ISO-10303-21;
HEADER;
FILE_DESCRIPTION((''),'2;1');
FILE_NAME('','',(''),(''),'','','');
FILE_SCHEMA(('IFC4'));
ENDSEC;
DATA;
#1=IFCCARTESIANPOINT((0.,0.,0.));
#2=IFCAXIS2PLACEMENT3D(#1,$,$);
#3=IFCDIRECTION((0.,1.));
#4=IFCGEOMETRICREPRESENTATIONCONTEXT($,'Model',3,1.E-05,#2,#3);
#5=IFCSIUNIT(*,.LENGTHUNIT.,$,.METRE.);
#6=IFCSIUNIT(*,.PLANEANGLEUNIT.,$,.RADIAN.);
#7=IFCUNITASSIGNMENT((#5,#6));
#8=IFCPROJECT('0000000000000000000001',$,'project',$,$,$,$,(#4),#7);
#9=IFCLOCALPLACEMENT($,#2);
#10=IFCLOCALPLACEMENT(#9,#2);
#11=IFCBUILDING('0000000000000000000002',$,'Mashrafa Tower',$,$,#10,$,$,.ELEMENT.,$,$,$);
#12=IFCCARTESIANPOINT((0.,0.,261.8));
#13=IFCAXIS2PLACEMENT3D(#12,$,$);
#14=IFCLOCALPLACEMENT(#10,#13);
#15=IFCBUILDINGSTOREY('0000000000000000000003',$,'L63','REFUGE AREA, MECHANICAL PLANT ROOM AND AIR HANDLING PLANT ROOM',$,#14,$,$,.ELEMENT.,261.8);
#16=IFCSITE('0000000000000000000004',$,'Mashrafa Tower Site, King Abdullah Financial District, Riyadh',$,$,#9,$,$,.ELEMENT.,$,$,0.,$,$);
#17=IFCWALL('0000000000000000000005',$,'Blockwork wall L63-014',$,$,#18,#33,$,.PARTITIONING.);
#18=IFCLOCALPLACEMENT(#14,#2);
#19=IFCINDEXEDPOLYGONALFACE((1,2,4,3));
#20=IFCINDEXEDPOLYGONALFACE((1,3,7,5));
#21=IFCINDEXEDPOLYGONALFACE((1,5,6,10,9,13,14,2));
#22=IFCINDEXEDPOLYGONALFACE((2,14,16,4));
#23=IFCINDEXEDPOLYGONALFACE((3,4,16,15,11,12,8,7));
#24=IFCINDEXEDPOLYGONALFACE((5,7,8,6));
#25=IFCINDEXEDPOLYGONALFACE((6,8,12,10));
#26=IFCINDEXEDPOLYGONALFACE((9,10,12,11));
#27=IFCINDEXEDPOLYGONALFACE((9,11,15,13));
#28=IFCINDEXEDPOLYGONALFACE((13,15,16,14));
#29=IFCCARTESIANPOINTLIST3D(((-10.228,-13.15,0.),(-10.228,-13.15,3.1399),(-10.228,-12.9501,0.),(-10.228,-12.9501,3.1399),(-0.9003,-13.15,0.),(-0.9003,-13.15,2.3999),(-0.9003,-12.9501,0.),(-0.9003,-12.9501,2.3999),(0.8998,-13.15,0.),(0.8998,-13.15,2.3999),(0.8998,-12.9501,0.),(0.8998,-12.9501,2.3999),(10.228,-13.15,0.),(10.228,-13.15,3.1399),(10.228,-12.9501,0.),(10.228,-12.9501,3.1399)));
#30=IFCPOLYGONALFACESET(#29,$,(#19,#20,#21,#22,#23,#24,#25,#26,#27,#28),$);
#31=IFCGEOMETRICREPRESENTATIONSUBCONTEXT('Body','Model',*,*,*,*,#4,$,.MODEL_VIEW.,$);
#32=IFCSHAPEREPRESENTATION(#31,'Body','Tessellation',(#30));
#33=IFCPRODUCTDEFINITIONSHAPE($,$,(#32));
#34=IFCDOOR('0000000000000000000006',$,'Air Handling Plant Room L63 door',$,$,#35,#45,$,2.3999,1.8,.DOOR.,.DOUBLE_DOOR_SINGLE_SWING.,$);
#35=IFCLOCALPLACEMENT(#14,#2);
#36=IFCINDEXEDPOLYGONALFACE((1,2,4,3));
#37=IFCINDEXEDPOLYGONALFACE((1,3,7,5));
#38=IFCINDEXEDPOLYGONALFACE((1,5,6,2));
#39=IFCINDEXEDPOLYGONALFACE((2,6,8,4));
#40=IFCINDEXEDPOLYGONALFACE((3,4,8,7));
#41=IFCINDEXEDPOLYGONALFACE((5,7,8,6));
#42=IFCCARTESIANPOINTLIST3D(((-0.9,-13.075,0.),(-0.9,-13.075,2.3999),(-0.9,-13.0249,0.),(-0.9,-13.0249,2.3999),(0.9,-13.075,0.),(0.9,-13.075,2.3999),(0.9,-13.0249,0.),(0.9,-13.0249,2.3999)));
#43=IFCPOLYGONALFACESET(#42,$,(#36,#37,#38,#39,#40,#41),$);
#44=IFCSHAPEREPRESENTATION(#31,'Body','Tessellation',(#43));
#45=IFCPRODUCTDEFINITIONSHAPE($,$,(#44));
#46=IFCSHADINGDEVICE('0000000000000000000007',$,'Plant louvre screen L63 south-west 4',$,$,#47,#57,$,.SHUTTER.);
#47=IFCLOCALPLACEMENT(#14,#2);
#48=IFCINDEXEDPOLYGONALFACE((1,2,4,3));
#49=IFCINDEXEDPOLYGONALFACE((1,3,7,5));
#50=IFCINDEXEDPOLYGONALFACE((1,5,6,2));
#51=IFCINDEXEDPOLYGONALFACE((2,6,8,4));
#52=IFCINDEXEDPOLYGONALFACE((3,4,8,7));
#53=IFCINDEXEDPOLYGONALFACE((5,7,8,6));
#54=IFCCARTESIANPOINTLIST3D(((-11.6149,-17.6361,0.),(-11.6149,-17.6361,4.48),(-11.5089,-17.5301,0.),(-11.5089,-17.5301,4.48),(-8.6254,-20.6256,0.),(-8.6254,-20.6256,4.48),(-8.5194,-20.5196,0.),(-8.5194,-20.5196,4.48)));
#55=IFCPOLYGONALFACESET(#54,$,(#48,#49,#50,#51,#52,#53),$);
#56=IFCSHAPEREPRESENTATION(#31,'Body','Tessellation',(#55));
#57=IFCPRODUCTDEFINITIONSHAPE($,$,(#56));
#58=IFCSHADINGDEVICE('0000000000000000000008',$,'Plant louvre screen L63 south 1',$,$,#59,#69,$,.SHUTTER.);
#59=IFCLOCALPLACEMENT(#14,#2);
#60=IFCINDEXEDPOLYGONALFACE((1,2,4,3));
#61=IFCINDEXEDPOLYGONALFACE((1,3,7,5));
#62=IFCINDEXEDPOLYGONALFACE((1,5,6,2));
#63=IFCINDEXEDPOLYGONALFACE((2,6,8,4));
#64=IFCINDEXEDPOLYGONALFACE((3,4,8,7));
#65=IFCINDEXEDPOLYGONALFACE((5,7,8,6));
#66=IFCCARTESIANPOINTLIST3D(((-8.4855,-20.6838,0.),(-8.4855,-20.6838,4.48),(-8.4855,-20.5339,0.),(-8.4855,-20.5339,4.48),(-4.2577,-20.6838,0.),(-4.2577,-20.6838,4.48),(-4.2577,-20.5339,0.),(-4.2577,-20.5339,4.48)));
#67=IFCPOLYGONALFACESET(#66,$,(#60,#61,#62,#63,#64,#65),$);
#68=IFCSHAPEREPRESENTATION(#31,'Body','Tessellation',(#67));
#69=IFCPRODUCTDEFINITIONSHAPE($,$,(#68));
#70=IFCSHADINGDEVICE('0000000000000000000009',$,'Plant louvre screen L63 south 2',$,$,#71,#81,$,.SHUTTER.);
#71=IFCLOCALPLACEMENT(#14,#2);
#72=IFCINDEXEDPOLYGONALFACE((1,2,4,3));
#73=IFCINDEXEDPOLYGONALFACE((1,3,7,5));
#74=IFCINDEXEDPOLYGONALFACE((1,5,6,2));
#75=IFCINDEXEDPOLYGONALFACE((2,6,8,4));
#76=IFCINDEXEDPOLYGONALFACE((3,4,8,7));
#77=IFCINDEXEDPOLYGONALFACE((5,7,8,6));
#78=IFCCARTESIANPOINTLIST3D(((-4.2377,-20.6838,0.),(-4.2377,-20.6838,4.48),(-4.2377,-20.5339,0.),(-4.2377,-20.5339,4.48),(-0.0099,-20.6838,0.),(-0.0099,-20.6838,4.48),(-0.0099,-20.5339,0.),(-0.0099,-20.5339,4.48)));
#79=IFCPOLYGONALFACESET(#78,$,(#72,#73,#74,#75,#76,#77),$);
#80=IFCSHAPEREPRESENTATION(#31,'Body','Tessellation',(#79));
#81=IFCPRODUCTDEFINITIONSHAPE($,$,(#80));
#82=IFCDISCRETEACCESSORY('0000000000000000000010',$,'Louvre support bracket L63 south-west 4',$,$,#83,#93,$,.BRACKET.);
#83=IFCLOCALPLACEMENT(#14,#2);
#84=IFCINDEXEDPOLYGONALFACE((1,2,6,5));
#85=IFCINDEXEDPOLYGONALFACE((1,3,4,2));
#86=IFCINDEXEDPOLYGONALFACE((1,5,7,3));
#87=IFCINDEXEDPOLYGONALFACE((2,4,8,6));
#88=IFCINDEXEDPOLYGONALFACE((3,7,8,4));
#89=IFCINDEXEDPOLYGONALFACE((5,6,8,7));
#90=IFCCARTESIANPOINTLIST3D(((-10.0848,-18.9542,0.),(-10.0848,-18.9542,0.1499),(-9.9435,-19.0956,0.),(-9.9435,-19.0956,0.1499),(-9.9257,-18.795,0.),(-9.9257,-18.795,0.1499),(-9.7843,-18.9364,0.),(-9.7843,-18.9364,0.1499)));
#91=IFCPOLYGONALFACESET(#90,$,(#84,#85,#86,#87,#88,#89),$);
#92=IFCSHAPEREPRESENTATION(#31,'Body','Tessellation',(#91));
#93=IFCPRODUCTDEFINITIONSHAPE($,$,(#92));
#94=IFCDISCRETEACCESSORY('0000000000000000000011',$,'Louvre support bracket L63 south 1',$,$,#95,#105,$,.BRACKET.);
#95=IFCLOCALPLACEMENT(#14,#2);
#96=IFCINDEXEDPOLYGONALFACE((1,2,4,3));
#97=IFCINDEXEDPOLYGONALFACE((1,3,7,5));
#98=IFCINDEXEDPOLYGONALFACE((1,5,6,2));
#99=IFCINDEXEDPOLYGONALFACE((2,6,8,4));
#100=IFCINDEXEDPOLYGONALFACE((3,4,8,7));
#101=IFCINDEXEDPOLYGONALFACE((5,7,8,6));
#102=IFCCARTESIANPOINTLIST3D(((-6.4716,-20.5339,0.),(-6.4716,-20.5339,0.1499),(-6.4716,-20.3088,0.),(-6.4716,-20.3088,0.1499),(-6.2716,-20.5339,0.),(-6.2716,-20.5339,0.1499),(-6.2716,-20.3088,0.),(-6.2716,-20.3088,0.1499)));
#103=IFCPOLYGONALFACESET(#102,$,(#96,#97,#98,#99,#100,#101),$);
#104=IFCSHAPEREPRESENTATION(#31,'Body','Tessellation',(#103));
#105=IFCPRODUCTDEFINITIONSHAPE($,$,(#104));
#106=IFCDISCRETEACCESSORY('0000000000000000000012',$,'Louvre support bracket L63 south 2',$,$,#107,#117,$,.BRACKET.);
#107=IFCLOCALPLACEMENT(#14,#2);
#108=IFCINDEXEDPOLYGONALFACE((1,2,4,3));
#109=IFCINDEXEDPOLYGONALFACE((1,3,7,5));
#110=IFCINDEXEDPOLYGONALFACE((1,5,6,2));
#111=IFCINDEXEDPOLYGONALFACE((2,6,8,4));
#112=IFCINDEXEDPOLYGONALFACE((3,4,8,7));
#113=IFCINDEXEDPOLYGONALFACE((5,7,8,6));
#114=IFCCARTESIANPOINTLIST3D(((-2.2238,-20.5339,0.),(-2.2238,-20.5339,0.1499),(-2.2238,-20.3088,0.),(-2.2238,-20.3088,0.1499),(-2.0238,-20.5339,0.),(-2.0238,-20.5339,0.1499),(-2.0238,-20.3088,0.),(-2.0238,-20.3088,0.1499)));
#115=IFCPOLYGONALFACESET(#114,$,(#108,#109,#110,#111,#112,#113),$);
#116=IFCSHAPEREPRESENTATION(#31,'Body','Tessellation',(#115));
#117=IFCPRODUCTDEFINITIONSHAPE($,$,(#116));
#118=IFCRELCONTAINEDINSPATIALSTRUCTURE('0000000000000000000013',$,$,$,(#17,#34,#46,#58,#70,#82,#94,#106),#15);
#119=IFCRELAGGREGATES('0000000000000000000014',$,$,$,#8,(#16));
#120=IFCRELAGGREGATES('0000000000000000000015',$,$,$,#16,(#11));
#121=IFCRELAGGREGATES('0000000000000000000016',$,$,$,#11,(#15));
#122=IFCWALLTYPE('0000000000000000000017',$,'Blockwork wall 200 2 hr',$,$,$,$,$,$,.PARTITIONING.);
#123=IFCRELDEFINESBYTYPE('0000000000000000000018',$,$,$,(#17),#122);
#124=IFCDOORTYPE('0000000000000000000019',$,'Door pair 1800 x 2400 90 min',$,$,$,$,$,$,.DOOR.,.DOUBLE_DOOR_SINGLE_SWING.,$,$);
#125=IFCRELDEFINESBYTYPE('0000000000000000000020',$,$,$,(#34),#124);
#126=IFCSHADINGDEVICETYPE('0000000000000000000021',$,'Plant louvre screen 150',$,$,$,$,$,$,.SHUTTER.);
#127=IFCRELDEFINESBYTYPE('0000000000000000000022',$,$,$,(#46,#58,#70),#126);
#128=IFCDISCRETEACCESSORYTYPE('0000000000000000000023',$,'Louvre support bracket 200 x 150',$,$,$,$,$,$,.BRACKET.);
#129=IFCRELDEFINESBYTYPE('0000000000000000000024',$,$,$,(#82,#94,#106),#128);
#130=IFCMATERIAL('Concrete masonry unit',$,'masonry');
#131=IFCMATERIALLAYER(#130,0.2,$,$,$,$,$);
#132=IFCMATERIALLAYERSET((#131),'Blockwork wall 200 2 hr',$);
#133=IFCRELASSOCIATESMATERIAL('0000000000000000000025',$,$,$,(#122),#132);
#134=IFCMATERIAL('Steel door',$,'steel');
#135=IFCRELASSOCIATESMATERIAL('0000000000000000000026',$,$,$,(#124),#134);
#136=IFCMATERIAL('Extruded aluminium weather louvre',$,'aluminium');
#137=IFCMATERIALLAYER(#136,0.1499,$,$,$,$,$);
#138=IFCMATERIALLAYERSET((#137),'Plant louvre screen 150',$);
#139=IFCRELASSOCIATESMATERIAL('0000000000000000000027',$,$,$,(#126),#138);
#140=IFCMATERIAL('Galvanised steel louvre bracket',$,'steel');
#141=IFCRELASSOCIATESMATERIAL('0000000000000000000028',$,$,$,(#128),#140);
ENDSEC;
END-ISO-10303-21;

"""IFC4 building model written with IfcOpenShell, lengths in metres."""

from ifc_helpers import new_model, si_unit, direction, frame, frame_2d, origin, origin_2d, place, context, subcontext, project, spatial, rectangle, extrude, source, transform, mapped, material, layer, layer_set, type_object, type_shapes, element, fill, save


model = new_model("IFC4")

# Units and contexts
model_context = context("Model", 3, precision=1e-05, world=origin(), true_north=direction((0.0, 1.0)))
body_context = subcontext(model_context, "Body", "Model", "MODEL_VIEW")
ifc_project = project(units=[si_unit("LENGTHUNIT", "METRE"), si_unit("PLANEANGLEUNIT", "RADIAN")], contexts=[model_context])

# Site, building, storey
site_placement = place(None, origin())
site = spatial("IfcSite", under=ifc_project, at=site_placement, Name="Mashrafa Tower Site, King Abdullah Financial District, Riyadh", CompositionType="ELEMENT", RefElevation=0.0)
building_placement = place(site_placement, origin())
building = spatial("IfcBuilding", under=site, at=building_placement, Name="Mashrafa Tower", CompositionType="ELEMENT")
storey_placement = place(building_placement, frame((0.0, 0.0, 261.8)))
storey = spatial("IfcBuildingStorey", under=building, at=storey_placement, Name="L63", Description="REFUGE AREA, MECHANICAL PLANT ROOM AND AIR HANDLING PLANT ROOM", CompositionType="ELEMENT", Elevation=261.8)

# Wall, opening, door
ifc_material_1 = material(Name="Concrete masonry unit", Category="masonry")
ifc_layer_1 = layer(ifc_material_1, 0.2)
ifc_layer_set_1 = layer_set([ifc_layer_1], Name="Blockwork wall 200 2 hr")
wall_type = type_object("IfcWallType", Name="Blockwork wall 200 2 hr", PredefinedType="PARTITIONING", material=ifc_layer_set_1)
wall_placement = place(storey_placement, frame((-10.228, -13.05, 0.0), z_axis=(0.0, 0.0, 1.0), x_axis=(1.0, 0.0, 0.0)))
wall = element("IfcWall", 1, at=wall_placement, inside=storey, type_object=wall_type, Name="Blockwork wall L63-014", PredefinedType="PARTITIONING", context=body_context, shape_type="SweptSolid", body=[
    extrude(rectangle(XDim=20.4561, YDim=0.2, at=frame_2d((10.228, 0.0))), origin(), (0.0, 0.0, 1.0), 3.1399),
])
opening_placement = place(wall_placement, frame((9.3279, 0.0, 0.0)))
opening = element("IfcOpeningElement", 2, at=opening_placement, cuts=wall, PredefinedType="OPENING", context=body_context, shape_type="SweptSolid", body=[
    extrude(rectangle(XDim=1.8, YDim=2.3999, at=frame_2d((0.8999, 1.2))), frame((0.0, 0.1099, 0.0), z_axis=(0.0, -1.0, 0.0), x_axis=(1.0, 0.0, 0.0)), (0.0, 0.0, 1.0), 0.22),
])
ifc_material_2 = material(Name="Steel door", Category="steel")
door_type = type_object("IfcDoorType", Name="Door pair 1800 x 2400 90 min", OperationType="DOUBLE_DOOR_SINGLE_SWING", PredefinedType="DOOR", material=ifc_material_2)
door_placement = place(opening_placement, frame((1.8, 0.0, 0.0), z_axis=(0.0, 0.0, 1.0), x_axis=(-1.0, 0.0, 0.0)))
door = element("IfcDoor", 3, at=door_placement, inside=storey, type_object=door_type, Name="Air Handling Plant Room L63 door", OperationType="DOUBLE_DOOR_SINGLE_SWING", OverallHeight=2.3999, OverallWidth=1.8, PredefinedType="DOOR", context=body_context, shape_type="SweptSolid", body=[
    extrude(rectangle(XDim=1.8, YDim=2.3999, at=frame_2d((0.8999, 1.2))), frame((0.0, 0.0249, 0.0), z_axis=(0.0, -1.0, 0.0), x_axis=(1.0, 0.0, 0.0)), (0.0, 0.0, 1.0), 0.05),
])
fill(opening, door)

# Shading devices
ifc_material_3 = material(Name="Extruded aluminium weather louvre", Category="aluminium")
ifc_layer_2 = layer(ifc_material_3, 0.1499)
ifc_layer_set_2 = layer_set([ifc_layer_2], Name="Plant louvre screen 150")
shading_device_type = type_object("IfcShadingDeviceType", Name="Plant louvre screen 150", PredefinedType="SHUTTER", material=ifc_layer_set_2)
shared_shape_1 = source(origin(), body_context, "Body", "SweptSolid", [
    extrude(rectangle(XDim=4.2278, YDim=0.1499, at=origin_2d()), origin(), (0.0, 0.0, 1.0), 4.48),
])
type_shapes(shading_device_type, [shared_shape_1])
for number, where, z_axis, x_axis, name in (
    (4, (-10.0671, -19.0779, 0.0), (0.0, 0.0, 1.0), (0.707107, -0.707107, 0.0), "Plant louvre screen L63 south-west 4"),
    (5, (-6.3716, -20.6089, 0.0), (0.0, 0.0, 1.0), (1.0, 0.0, 0.0), "Plant louvre screen L63 south 1"),
    (6, (-2.1238, -20.6089, 0.0), (0.0, 0.0, 1.0), (1.0, 0.0, 0.0), "Plant louvre screen L63 south 2"),
):
    element("IfcShadingDevice", number, at=place(storey_placement, frame(where, z_axis=z_axis, x_axis=x_axis)), inside=storey, type_object=shading_device_type, Name=name, PredefinedType="SHUTTER", context=body_context, shape_type="MappedRepresentation", body=[
        mapped(shared_shape_1, transform((0.0, 0.0, 0.0))),
    ])

# Discrete accessories
ifc_material_4 = material(Name="Galvanised steel louvre bracket", Category="steel")
discrete_accessory_type = type_object("IfcDiscreteAccessoryType", Name="Louvre support bracket 200 x 150", PredefinedType="BRACKET", material=ifc_material_4)
shared_shape_2 = source(origin(), body_context, "Body", "SweptSolid", [
    extrude(rectangle(XDim=0.2, YDim=0.2251, at=origin_2d()), origin(), (0.0, 0.0, 1.0), 0.1499),
])
type_shapes(discrete_accessory_type, [shared_shape_2])
for number, where, z_axis, x_axis, name in (
    (7, (-9.9346, -18.9453, 0.0), (0.0, 0.0, 1.0), (0.707107, -0.707107, 0.0), "Louvre support bracket L63 south-west 4"),
    (8, (-6.3716, -20.4214, 0.0), (0.0, 0.0, 1.0), (1.0, 0.0, 0.0), "Louvre support bracket L63 south 1"),
    (9, (-2.1238, -20.4214, 0.0), (0.0, 0.0, 1.0), (1.0, 0.0, 0.0), "Louvre support bracket L63 south 2"),
):
    element("IfcDiscreteAccessory", number, at=place(storey_placement, frame(where, z_axis=z_axis, x_axis=x_axis)), inside=storey, type_object=discrete_accessory_type, Name=name, PredefinedType="BRACKET", context=body_context, shape_type="MappedRepresentation", body=[
        mapped(shared_shape_2, transform((0.0, 0.0, 0.0))),
    ])

save(model, "model.ifc")
